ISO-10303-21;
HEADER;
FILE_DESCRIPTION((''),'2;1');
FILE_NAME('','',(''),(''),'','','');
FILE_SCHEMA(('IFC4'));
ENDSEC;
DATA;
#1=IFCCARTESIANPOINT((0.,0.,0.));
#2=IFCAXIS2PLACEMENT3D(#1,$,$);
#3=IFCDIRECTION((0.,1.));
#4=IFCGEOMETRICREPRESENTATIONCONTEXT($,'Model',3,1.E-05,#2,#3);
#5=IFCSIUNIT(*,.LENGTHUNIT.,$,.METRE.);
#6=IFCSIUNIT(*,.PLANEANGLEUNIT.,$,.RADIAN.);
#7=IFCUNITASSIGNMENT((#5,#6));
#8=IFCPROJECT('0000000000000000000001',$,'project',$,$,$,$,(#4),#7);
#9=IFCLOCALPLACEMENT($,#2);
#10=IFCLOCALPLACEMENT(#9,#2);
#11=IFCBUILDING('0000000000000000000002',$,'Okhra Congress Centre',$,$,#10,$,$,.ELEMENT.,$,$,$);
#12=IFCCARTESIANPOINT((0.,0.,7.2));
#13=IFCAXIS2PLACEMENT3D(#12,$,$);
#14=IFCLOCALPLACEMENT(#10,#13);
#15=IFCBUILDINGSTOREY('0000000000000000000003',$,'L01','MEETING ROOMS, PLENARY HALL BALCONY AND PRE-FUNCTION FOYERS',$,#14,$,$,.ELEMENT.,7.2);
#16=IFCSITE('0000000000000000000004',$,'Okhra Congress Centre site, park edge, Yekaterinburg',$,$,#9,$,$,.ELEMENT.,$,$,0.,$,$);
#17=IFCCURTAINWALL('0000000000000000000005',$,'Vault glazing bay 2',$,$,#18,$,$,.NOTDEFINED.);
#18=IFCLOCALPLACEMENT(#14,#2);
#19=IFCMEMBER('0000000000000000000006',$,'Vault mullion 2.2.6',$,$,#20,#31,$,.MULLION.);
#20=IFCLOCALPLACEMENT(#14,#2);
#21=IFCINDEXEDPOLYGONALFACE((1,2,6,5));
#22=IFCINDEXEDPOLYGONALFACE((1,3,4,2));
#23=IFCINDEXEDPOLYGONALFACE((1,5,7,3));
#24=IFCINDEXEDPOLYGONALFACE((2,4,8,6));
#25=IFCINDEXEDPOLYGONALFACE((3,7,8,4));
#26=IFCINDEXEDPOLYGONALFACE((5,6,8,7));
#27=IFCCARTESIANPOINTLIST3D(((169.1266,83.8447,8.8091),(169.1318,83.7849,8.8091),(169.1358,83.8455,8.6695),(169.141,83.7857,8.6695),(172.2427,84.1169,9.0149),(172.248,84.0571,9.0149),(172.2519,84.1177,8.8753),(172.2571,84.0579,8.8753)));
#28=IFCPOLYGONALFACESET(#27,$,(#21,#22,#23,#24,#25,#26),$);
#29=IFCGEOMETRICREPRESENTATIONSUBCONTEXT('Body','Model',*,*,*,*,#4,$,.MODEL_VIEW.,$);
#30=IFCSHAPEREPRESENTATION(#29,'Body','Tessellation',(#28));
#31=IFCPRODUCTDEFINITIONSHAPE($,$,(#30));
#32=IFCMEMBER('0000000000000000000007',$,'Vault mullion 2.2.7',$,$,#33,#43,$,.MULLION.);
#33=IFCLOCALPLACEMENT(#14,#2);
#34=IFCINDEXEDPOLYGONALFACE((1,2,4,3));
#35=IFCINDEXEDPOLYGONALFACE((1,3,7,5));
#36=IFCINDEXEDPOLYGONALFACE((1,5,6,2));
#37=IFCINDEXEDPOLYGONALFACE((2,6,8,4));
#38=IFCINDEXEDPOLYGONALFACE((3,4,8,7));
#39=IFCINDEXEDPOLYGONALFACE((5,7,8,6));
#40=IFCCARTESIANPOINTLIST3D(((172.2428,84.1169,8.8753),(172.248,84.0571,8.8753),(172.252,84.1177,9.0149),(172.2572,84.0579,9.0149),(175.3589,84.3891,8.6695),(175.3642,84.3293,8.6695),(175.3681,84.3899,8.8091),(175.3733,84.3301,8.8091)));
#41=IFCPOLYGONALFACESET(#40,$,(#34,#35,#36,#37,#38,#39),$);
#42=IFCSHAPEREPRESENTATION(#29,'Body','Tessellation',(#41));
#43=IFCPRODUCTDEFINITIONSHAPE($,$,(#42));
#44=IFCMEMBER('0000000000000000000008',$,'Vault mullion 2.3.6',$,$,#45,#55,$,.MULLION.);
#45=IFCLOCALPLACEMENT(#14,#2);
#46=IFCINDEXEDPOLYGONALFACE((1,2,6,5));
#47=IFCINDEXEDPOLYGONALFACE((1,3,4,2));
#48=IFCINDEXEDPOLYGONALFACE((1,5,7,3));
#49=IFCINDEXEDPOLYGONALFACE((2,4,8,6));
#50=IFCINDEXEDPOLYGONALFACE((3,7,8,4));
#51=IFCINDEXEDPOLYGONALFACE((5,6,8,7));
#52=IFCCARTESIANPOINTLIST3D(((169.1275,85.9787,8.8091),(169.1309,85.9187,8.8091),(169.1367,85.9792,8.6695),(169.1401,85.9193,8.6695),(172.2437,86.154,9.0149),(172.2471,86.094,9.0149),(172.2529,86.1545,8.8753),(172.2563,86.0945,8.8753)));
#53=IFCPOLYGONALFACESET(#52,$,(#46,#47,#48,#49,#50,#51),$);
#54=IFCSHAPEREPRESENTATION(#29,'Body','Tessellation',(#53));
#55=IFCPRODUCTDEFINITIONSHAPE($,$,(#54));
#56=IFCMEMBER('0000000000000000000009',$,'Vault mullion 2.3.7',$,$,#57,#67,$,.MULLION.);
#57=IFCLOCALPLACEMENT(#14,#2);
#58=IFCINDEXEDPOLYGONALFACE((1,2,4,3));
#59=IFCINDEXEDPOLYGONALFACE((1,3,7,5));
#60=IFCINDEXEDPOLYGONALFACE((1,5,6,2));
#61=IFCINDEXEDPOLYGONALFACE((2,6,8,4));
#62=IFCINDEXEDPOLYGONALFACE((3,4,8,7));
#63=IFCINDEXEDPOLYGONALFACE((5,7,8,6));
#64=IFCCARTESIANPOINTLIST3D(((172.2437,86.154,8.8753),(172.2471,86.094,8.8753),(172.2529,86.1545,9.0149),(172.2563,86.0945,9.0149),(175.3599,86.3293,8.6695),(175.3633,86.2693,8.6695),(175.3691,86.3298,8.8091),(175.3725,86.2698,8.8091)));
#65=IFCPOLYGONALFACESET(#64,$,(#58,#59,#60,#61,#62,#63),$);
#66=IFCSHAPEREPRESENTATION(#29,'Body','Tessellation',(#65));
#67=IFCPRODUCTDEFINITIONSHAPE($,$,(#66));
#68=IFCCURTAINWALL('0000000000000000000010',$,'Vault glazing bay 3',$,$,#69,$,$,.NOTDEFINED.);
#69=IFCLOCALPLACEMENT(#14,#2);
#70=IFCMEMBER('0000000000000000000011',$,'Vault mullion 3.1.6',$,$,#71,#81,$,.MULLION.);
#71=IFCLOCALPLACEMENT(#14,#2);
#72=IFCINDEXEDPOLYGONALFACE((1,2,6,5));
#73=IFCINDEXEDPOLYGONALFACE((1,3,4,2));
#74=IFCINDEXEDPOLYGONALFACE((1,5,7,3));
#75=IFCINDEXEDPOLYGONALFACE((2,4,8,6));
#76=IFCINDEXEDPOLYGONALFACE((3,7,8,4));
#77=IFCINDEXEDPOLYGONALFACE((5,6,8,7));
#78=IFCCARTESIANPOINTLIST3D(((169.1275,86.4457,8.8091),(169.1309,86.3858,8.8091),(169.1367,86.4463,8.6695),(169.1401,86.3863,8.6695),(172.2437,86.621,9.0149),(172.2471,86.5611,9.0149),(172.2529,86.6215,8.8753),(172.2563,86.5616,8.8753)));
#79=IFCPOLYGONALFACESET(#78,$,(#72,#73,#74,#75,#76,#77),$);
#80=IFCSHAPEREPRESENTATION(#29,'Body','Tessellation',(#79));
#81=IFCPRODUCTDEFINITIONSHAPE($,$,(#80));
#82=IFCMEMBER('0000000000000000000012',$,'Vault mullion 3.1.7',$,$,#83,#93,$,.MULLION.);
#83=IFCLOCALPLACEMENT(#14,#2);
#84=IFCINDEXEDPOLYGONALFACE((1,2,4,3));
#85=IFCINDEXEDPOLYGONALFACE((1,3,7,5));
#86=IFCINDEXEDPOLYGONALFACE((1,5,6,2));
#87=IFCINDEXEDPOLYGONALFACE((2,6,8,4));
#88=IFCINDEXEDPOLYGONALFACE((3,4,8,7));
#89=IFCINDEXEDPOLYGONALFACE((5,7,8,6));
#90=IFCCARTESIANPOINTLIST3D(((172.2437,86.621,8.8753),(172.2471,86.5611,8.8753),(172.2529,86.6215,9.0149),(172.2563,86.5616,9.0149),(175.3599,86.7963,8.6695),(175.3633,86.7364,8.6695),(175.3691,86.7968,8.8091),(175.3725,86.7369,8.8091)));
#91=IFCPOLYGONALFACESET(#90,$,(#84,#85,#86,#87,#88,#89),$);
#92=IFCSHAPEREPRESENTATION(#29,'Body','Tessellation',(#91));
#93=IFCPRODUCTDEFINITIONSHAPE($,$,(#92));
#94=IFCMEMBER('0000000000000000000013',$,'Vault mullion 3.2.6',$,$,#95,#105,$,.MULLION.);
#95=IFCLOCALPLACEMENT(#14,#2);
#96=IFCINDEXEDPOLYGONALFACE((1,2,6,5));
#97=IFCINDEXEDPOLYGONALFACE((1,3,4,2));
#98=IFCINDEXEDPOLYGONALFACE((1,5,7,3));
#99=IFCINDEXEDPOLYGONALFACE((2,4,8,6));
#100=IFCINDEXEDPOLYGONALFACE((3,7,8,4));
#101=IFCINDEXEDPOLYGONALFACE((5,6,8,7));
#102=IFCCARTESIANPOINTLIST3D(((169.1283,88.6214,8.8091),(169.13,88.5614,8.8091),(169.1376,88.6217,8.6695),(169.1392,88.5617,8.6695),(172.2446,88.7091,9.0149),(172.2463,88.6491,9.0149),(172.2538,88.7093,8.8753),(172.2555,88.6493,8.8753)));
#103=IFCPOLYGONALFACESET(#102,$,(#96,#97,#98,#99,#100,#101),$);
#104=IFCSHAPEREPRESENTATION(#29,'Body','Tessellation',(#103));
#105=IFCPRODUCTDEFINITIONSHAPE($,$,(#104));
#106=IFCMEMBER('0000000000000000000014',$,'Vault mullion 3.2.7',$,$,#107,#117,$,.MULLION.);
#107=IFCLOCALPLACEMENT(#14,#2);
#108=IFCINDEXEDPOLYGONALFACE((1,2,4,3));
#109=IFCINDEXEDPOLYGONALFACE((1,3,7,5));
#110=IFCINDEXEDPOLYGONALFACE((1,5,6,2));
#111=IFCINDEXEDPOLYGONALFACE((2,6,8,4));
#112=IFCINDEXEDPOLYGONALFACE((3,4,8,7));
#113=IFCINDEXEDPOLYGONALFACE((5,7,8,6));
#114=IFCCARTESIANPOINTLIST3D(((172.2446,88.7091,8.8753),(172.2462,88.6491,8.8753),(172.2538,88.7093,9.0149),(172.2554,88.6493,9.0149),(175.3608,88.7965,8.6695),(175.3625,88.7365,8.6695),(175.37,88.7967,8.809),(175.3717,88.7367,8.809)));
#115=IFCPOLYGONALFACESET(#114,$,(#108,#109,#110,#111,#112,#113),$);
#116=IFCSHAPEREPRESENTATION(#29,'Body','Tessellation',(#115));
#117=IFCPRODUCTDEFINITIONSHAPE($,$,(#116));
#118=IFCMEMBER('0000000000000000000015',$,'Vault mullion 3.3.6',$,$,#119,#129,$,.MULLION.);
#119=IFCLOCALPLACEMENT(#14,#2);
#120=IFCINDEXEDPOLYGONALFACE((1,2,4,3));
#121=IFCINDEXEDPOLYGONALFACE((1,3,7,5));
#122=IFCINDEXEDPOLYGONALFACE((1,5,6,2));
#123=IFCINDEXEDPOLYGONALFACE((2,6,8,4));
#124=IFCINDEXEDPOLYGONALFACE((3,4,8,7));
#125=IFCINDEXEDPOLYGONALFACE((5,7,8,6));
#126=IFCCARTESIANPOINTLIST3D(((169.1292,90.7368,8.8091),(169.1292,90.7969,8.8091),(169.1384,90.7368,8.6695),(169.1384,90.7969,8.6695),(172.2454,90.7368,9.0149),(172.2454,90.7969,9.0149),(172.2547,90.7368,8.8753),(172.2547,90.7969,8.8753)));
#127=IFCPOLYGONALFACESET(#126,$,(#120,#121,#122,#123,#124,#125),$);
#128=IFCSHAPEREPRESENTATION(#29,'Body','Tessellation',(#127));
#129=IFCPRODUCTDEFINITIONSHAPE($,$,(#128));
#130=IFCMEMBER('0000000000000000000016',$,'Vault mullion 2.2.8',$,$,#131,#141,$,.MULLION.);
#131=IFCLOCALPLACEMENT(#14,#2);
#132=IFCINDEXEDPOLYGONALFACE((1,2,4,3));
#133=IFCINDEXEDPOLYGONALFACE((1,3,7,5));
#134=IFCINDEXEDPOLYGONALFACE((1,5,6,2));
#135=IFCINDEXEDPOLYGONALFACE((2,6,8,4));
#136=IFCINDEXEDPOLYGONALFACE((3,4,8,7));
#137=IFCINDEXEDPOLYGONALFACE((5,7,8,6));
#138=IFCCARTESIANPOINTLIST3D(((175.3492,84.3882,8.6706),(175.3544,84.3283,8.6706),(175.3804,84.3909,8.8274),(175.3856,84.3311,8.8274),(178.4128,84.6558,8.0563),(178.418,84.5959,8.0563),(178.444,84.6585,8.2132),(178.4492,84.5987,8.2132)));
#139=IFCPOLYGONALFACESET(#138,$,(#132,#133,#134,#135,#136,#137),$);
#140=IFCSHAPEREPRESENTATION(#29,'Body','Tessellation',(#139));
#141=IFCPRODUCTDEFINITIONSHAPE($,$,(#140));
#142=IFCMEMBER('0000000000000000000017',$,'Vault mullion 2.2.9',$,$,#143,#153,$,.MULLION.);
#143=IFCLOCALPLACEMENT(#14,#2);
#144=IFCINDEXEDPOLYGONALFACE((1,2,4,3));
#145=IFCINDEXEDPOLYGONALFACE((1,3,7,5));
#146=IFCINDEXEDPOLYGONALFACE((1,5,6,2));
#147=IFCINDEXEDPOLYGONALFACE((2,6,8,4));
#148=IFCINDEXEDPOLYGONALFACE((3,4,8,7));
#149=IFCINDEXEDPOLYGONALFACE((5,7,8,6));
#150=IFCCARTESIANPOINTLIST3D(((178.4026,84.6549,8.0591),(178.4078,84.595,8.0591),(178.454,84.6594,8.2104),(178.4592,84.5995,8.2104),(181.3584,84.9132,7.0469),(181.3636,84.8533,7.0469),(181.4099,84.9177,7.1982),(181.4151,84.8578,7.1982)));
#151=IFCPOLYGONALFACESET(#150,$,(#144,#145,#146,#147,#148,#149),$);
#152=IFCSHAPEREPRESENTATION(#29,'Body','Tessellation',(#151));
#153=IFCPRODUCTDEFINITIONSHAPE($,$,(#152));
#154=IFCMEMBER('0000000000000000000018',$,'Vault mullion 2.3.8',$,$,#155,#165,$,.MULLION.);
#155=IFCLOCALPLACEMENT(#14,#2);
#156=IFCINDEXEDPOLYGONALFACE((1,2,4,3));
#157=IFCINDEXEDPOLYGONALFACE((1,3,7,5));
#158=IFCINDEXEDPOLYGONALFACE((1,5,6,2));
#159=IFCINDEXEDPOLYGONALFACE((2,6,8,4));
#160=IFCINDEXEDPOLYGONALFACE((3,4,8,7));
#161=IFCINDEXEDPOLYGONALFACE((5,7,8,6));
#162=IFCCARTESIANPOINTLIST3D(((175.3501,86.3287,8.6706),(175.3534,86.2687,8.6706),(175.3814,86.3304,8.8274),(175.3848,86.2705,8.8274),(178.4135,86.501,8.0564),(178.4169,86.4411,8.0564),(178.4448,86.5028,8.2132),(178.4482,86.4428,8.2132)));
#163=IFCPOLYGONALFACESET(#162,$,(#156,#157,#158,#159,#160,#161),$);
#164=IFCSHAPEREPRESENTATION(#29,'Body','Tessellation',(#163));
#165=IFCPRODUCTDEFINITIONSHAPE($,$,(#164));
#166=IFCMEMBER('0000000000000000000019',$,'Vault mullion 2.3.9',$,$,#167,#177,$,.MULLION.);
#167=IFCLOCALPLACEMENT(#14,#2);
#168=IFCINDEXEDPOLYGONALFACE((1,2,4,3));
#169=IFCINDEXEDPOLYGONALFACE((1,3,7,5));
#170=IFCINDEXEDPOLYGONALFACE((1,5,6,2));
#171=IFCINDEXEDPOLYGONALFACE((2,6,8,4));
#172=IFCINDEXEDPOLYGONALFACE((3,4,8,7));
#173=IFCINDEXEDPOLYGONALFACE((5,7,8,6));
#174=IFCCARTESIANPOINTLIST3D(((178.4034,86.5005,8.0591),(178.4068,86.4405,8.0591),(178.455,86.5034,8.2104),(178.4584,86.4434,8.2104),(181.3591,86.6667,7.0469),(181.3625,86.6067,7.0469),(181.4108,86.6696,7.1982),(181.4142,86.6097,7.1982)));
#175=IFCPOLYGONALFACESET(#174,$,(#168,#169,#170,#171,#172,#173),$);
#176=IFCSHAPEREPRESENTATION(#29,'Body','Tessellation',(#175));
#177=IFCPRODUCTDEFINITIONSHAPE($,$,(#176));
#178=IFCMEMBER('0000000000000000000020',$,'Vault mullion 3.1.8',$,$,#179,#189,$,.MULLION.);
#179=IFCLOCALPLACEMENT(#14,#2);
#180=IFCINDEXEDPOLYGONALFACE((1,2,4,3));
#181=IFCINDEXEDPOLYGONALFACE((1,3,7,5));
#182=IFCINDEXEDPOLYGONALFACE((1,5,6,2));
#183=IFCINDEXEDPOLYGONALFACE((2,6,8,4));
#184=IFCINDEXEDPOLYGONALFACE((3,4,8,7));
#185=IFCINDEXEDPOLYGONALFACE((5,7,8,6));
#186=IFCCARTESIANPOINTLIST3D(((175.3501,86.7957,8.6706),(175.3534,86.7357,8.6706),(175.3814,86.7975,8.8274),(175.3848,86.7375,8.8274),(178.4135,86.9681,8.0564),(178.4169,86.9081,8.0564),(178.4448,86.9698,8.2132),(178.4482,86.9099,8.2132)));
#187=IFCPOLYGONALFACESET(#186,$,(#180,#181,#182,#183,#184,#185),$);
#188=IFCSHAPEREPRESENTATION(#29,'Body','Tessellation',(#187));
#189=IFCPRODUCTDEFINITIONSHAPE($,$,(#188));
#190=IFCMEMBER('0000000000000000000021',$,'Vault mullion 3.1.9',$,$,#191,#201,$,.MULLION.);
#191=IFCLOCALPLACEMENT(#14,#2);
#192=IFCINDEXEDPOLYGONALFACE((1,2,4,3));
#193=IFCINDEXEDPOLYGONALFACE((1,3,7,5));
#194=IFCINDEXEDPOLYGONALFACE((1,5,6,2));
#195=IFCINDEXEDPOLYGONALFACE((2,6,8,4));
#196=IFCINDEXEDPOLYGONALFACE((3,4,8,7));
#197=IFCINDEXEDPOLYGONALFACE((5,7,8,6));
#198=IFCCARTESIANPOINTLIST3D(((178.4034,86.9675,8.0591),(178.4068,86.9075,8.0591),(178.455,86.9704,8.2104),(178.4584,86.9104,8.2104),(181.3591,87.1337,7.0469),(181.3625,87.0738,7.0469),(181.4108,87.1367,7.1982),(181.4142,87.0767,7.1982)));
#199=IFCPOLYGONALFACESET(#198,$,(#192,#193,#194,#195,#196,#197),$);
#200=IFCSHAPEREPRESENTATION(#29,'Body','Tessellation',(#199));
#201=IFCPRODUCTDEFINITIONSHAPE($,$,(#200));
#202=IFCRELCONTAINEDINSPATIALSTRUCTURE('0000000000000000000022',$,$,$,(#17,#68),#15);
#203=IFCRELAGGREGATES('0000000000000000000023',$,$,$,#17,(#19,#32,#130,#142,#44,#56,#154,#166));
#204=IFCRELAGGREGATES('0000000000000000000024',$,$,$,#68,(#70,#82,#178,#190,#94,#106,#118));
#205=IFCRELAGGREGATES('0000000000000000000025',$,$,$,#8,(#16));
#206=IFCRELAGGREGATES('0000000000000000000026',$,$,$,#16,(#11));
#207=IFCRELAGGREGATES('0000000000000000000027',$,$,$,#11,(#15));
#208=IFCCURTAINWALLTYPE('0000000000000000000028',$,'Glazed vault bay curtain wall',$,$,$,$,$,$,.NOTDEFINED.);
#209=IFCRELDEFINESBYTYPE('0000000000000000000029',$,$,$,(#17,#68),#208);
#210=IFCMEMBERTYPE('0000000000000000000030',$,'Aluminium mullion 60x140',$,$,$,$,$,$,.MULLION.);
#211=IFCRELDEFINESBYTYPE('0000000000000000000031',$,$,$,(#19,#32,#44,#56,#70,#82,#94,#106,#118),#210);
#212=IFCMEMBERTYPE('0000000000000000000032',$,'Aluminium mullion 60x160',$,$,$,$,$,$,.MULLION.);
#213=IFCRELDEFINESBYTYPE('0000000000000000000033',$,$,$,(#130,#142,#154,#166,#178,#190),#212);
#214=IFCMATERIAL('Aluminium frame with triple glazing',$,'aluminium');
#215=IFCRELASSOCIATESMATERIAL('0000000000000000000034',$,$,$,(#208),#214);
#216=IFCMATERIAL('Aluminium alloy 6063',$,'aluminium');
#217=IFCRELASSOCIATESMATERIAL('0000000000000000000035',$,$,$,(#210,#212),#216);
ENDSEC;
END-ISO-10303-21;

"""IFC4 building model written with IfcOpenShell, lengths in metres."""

from ifc_helpers import new_model, si_unit, direction, frame, origin, origin_2d, place, context, subcontext, project, spatial, rectangle, extrude, material, material_profile, profile_set, type_object, element, aggregate, save


model = new_model("IFC4")

# Units and contexts
model_context = context("Model", 3, precision=1e-05, world=origin(), true_north=direction((0.0, 1.0)))
body_context = subcontext(model_context, "Body", "Model", "MODEL_VIEW")
ifc_project = project(units=[si_unit("LENGTHUNIT", "METRE"), si_unit("PLANEANGLEUNIT", "RADIAN")], contexts=[model_context])

# Site, building, storey
site_placement = place(None, origin())
site = spatial("IfcSite", under=ifc_project, at=site_placement, Name="Okhra Congress Centre site, park edge, Yekaterinburg", CompositionType="ELEMENT", RefElevation=0.0)
building_placement = place(site_placement, origin())
building = spatial("IfcBuilding", under=site, at=building_placement, Name="Okhra Congress Centre", CompositionType="ELEMENT")
storey_placement = place(building_placement, frame((0.0, 0.0, 7.2)))
storey = spatial("IfcBuildingStorey", under=building, at=storey_placement, Name="L01", Description="MEETING ROOMS, PLENARY HALL BALCONY AND PRE-FUNCTION FOYERS", CompositionType="ELEMENT", Elevation=7.2)

# Curtain walls, members
ifc_material_1 = material(Name="Aluminium frame with triple glazing", Category="aluminium")
curtain_wall_type = type_object("IfcCurtainWallType", Name="Glazed vault bay curtain wall", PredefinedType="NOTDEFINED", material=ifc_material_1)
curtain_wall_1_placement = place(storey_placement, origin())
curtain_wall_1 = element("IfcCurtainWall", 1, at=curtain_wall_1_placement, inside=storey, type_object=curtain_wall_type, Name="Vault glazing bay 2", PredefinedType="NOTDEFINED")
ifc_material_2 = material(Name="Aluminium alloy 6063", Category="aluminium")
ifc_material_profile_1 = material_profile(ifc_material_2, rectangle(XDim=0.0601, YDim=0.1399, at=origin_2d()), Name="AL 60x140")
ifc_profile_set_1 = profile_set([ifc_material_profile_1], Name="Aluminium alloy 6063")
member_type_1 = type_object("IfcMemberType", Name="Aluminium mullion 60x140", PredefinedType="MULLION", material=ifc_profile_set_1)
member_1_placement = place(storey_placement, frame((169.1338, 83.8152, 8.7393), z_axis=(0.994057, 0.086836, 0.065653), x_axis=(-0.087024, 0.996206, 0.0)))
member_1 = element("IfcMember", 2, at=member_1_placement, type_object=member_type_1, Name="Vault mullion 2.2.6", PredefinedType="MULLION", context=body_context, shape_type="SweptSolid", body=[
    extrude(rectangle(XDim=0.0601, YDim=0.1399, at=origin_2d()), origin(), (0.0, 0.0, 1.0), 3.1348),
])
member_2_placement = place(storey_placement, frame((172.25, 84.0874, 8.9451), z_axis=(0.994057, 0.086836, -0.065653), x_axis=(-0.087024, 0.996206, 0.0)))
member_2 = element("IfcMember", 3, at=member_2_placement, type_object=member_type_1, Name="Vault mullion 2.2.7", PredefinedType="MULLION", context=body_context, shape_type="SweptSolid", body=[
    extrude(rectangle(XDim=0.0601, YDim=0.1399, at=origin_2d()), origin(), (0.0, 0.0, 1.0), 3.1348),
])
member_3_placement = place(storey_placement, frame((169.1338, 85.949, 8.7393), z_axis=(0.996258, 0.056041, 0.065798), x_axis=(-0.056163, 0.998422, 0.0)))
member_3 = element("IfcMember", 4, at=member_3_placement, type_object=member_type_1, Name="Vault mullion 2.3.6", PredefinedType="MULLION", context=body_context, shape_type="SweptSolid", body=[
    extrude(rectangle(XDim=0.0601, YDim=0.1399, at=origin_2d()), origin(), (0.0, 0.0, 1.0), 3.1279),
])
member_4_placement = place(storey_placement, frame((172.25, 86.1243, 8.9451), z_axis=(0.996258, 0.056041, -0.065798), x_axis=(-0.056163, 0.998422, 0.0)))
member_4 = element("IfcMember", 5, at=member_4_placement, type_object=member_type_1, Name="Vault mullion 2.3.7", PredefinedType="MULLION", context=body_context, shape_type="SweptSolid", body=[
    extrude(rectangle(XDim=0.0601, YDim=0.1399, at=origin_2d()), origin(), (0.0, 0.0, 1.0), 3.1279),
])
curtain_wall_2_placement = place(storey_placement, origin())
curtain_wall_2 = element("IfcCurtainWall", 6, at=curtain_wall_2_placement, inside=storey, type_object=curtain_wall_type, Name="Vault glazing bay 3", PredefinedType="NOTDEFINED")
member_5_placement = place(storey_placement, frame((169.1338, 86.416, 8.7393), z_axis=(0.996258, 0.056041, 0.065798), x_axis=(-0.056163, 0.998422, 0.0)))
member_5 = element("IfcMember", 7, at=member_5_placement, type_object=member_type_1, Name="Vault mullion 3.1.6", PredefinedType="MULLION", context=body_context, shape_type="SweptSolid", body=[
    extrude(rectangle(XDim=0.0601, YDim=0.1399, at=origin_2d()), origin(), (0.0, 0.0, 1.0), 3.1279),
])
member_6_placement = place(storey_placement, frame((172.25, 86.5913, 8.9451), z_axis=(0.996258, 0.056041, -0.065798), x_axis=(-0.056163, 0.998422, 0.0)))
member_6 = element("IfcMember", 8, at=member_6_placement, type_object=member_type_1, Name="Vault mullion 3.1.7", PredefinedType="MULLION", context=body_context, shape_type="SweptSolid", body=[
    extrude(rectangle(XDim=0.0601, YDim=0.1399, at=origin_2d()), origin(), (0.0, 0.0, 1.0), 3.1279),
])
member_7_placement = place(storey_placement, frame((169.1338, 88.5916, 8.7393), z_axis=(0.997433, 0.028054, 0.065876), x_axis=(-0.028115, 0.999605, 0.0)))
member_7 = element("IfcMember", 9, at=member_7_placement, type_object=member_type_1, Name="Vault mullion 3.2.6", PredefinedType="MULLION", context=body_context, shape_type="SweptSolid", body=[
    extrude(rectangle(XDim=0.0601, YDim=0.1399, at=origin_2d()), origin(), (0.0, 0.0, 1.0), 3.1243),
])
member_8_placement = place(storey_placement, frame((172.25, 88.6792, 8.9451), z_axis=(0.997436, 0.027976, -0.065876), x_axis=(-0.028037, 0.999607, 0.0)))
member_8 = element("IfcMember", 10, at=member_8_placement, type_object=member_type_1, Name="Vault mullion 3.2.7", PredefinedType="MULLION", context=body_context, shape_type="SweptSolid", body=[
    extrude(rectangle(XDim=0.0601, YDim=0.1399, at=origin_2d()), origin(), (0.0, 0.0, 1.0), 3.1243),
])
member_9_placement = place(storey_placement, frame((169.1338, 90.7668, 8.7393), z_axis=(0.997826, 0.0, 0.065902), x_axis=(0.0, 1.0, 0.0)))
member_9 = element("IfcMember", 11, at=member_9_placement, type_object=member_type_1, Name="Vault mullion 3.3.6", PredefinedType="MULLION", context=body_context, shape_type="SweptSolid", body=[
    extrude(rectangle(XDim=0.0601, YDim=0.1399, at=origin_2d()), origin(), (0.0, 0.0, 1.0), 3.123),
])

# Members
ifc_material_profile_2 = material_profile(ifc_material_2, rectangle(XDim=0.0601, YDim=0.1599, at=origin_2d()), Name="AL 60x160")
ifc_profile_set_2 = profile_set([ifc_material_profile_2], Name="Aluminium alloy 6063")
member_type_2 = type_object("IfcMemberType", Name="Aluminium mullion 60x160", PredefinedType="MULLION", material=ifc_profile_set_2)
member_10_placement = place(storey_placement, frame((175.3674, 84.3596, 8.749), z_axis=(0.976909, 0.085328, -0.19588), x_axis=(-0.087013, 0.996207, 0.0)))
member_10 = element("IfcMember", 12, at=member_10_placement, type_object=member_type_2, Name="Vault mullion 2.2.8", PredefinedType="MULLION", context=body_context, shape_type="SweptSolid", body=[
    extrude(rectangle(XDim=0.0601, YDim=0.1599, at=origin_2d()), origin(), (0.0, 0.0, 1.0), 3.136),
])
member_11_placement = place(storey_placement, frame((178.4309, 84.6272, 8.1348), z_axis=(0.942848, 0.082393, -0.322875), x_axis=(-0.087056, 0.996203, 0.0)))
member_11 = element("IfcMember", 13, at=member_11_placement, type_object=member_type_2, Name="Vault mullion 2.2.9", PredefinedType="MULLION", context=body_context, shape_type="SweptSolid", body=[
    extrude(rectangle(XDim=0.0601, YDim=0.1599, at=origin_2d()), origin(), (0.0, 0.0, 1.0), 3.135),
])
member_12_placement = place(storey_placement, frame((175.3674, 86.2996, 8.749), z_axis=(0.978996, 0.055082, -0.196298), x_axis=(-0.056175, 0.998421, 0.0)))
member_12 = element("IfcMember", 14, at=member_12_placement, type_object=member_type_2, Name="Vault mullion 2.3.8", PredefinedType="MULLION", context=body_context, shape_type="SweptSolid", body=[
    extrude(rectangle(XDim=0.0601, YDim=0.1599, at=origin_2d()), origin(), (0.0, 0.0, 1.0), 3.1292),
])
member_13_placement = place(storey_placement, frame((178.4309, 86.4719, 8.1348), z_axis=(0.944728, 0.05314, -0.323519), x_axis=(-0.05616, 0.998422, 0.0)))
member_13 = element("IfcMember", 15, at=member_13_placement, type_object=member_type_2, Name="Vault mullion 2.3.9", PredefinedType="MULLION", context=body_context, shape_type="SweptSolid", body=[
    extrude(rectangle(XDim=0.0601, YDim=0.1599, at=origin_2d()), origin(), (0.0, 0.0, 1.0), 3.1287),
])
member_14_placement = place(storey_placement, frame((175.3674, 86.7666, 8.749), z_axis=(0.978996, 0.055082, -0.196298), x_axis=(-0.056175, 0.998421, 0.0)))
member_14 = element("IfcMember", 16, at=member_14_placement, type_object=member_type_2, Name="Vault mullion 3.1.8", PredefinedType="MULLION", context=body_context, shape_type="SweptSolid", body=[
    extrude(rectangle(XDim=0.0601, YDim=0.1599, at=origin_2d()), origin(), (0.0, 0.0, 1.0), 3.1292),
])
member_15_placement = place(storey_placement, frame((178.4309, 86.939, 8.1348), z_axis=(0.944728, 0.05314, -0.323519), x_axis=(-0.05616, 0.998422, 0.0)))
member_15 = element("IfcMember", 17, at=member_15_placement, type_object=member_type_2, Name="Vault mullion 3.1.9", PredefinedType="MULLION", context=body_context, shape_type="SweptSolid", body=[
    extrude(rectangle(XDim=0.0601, YDim=0.1599, at=origin_2d()), origin(), (0.0, 0.0, 1.0), 3.1287),
])

aggregate(curtain_wall_1, [member_1, member_2, member_10, member_11, member_3, member_4, member_12, member_13])
aggregate(curtain_wall_2, [member_5, member_6, member_14, member_15, member_7, member_8, member_9])

save(model, "model.ifc")
